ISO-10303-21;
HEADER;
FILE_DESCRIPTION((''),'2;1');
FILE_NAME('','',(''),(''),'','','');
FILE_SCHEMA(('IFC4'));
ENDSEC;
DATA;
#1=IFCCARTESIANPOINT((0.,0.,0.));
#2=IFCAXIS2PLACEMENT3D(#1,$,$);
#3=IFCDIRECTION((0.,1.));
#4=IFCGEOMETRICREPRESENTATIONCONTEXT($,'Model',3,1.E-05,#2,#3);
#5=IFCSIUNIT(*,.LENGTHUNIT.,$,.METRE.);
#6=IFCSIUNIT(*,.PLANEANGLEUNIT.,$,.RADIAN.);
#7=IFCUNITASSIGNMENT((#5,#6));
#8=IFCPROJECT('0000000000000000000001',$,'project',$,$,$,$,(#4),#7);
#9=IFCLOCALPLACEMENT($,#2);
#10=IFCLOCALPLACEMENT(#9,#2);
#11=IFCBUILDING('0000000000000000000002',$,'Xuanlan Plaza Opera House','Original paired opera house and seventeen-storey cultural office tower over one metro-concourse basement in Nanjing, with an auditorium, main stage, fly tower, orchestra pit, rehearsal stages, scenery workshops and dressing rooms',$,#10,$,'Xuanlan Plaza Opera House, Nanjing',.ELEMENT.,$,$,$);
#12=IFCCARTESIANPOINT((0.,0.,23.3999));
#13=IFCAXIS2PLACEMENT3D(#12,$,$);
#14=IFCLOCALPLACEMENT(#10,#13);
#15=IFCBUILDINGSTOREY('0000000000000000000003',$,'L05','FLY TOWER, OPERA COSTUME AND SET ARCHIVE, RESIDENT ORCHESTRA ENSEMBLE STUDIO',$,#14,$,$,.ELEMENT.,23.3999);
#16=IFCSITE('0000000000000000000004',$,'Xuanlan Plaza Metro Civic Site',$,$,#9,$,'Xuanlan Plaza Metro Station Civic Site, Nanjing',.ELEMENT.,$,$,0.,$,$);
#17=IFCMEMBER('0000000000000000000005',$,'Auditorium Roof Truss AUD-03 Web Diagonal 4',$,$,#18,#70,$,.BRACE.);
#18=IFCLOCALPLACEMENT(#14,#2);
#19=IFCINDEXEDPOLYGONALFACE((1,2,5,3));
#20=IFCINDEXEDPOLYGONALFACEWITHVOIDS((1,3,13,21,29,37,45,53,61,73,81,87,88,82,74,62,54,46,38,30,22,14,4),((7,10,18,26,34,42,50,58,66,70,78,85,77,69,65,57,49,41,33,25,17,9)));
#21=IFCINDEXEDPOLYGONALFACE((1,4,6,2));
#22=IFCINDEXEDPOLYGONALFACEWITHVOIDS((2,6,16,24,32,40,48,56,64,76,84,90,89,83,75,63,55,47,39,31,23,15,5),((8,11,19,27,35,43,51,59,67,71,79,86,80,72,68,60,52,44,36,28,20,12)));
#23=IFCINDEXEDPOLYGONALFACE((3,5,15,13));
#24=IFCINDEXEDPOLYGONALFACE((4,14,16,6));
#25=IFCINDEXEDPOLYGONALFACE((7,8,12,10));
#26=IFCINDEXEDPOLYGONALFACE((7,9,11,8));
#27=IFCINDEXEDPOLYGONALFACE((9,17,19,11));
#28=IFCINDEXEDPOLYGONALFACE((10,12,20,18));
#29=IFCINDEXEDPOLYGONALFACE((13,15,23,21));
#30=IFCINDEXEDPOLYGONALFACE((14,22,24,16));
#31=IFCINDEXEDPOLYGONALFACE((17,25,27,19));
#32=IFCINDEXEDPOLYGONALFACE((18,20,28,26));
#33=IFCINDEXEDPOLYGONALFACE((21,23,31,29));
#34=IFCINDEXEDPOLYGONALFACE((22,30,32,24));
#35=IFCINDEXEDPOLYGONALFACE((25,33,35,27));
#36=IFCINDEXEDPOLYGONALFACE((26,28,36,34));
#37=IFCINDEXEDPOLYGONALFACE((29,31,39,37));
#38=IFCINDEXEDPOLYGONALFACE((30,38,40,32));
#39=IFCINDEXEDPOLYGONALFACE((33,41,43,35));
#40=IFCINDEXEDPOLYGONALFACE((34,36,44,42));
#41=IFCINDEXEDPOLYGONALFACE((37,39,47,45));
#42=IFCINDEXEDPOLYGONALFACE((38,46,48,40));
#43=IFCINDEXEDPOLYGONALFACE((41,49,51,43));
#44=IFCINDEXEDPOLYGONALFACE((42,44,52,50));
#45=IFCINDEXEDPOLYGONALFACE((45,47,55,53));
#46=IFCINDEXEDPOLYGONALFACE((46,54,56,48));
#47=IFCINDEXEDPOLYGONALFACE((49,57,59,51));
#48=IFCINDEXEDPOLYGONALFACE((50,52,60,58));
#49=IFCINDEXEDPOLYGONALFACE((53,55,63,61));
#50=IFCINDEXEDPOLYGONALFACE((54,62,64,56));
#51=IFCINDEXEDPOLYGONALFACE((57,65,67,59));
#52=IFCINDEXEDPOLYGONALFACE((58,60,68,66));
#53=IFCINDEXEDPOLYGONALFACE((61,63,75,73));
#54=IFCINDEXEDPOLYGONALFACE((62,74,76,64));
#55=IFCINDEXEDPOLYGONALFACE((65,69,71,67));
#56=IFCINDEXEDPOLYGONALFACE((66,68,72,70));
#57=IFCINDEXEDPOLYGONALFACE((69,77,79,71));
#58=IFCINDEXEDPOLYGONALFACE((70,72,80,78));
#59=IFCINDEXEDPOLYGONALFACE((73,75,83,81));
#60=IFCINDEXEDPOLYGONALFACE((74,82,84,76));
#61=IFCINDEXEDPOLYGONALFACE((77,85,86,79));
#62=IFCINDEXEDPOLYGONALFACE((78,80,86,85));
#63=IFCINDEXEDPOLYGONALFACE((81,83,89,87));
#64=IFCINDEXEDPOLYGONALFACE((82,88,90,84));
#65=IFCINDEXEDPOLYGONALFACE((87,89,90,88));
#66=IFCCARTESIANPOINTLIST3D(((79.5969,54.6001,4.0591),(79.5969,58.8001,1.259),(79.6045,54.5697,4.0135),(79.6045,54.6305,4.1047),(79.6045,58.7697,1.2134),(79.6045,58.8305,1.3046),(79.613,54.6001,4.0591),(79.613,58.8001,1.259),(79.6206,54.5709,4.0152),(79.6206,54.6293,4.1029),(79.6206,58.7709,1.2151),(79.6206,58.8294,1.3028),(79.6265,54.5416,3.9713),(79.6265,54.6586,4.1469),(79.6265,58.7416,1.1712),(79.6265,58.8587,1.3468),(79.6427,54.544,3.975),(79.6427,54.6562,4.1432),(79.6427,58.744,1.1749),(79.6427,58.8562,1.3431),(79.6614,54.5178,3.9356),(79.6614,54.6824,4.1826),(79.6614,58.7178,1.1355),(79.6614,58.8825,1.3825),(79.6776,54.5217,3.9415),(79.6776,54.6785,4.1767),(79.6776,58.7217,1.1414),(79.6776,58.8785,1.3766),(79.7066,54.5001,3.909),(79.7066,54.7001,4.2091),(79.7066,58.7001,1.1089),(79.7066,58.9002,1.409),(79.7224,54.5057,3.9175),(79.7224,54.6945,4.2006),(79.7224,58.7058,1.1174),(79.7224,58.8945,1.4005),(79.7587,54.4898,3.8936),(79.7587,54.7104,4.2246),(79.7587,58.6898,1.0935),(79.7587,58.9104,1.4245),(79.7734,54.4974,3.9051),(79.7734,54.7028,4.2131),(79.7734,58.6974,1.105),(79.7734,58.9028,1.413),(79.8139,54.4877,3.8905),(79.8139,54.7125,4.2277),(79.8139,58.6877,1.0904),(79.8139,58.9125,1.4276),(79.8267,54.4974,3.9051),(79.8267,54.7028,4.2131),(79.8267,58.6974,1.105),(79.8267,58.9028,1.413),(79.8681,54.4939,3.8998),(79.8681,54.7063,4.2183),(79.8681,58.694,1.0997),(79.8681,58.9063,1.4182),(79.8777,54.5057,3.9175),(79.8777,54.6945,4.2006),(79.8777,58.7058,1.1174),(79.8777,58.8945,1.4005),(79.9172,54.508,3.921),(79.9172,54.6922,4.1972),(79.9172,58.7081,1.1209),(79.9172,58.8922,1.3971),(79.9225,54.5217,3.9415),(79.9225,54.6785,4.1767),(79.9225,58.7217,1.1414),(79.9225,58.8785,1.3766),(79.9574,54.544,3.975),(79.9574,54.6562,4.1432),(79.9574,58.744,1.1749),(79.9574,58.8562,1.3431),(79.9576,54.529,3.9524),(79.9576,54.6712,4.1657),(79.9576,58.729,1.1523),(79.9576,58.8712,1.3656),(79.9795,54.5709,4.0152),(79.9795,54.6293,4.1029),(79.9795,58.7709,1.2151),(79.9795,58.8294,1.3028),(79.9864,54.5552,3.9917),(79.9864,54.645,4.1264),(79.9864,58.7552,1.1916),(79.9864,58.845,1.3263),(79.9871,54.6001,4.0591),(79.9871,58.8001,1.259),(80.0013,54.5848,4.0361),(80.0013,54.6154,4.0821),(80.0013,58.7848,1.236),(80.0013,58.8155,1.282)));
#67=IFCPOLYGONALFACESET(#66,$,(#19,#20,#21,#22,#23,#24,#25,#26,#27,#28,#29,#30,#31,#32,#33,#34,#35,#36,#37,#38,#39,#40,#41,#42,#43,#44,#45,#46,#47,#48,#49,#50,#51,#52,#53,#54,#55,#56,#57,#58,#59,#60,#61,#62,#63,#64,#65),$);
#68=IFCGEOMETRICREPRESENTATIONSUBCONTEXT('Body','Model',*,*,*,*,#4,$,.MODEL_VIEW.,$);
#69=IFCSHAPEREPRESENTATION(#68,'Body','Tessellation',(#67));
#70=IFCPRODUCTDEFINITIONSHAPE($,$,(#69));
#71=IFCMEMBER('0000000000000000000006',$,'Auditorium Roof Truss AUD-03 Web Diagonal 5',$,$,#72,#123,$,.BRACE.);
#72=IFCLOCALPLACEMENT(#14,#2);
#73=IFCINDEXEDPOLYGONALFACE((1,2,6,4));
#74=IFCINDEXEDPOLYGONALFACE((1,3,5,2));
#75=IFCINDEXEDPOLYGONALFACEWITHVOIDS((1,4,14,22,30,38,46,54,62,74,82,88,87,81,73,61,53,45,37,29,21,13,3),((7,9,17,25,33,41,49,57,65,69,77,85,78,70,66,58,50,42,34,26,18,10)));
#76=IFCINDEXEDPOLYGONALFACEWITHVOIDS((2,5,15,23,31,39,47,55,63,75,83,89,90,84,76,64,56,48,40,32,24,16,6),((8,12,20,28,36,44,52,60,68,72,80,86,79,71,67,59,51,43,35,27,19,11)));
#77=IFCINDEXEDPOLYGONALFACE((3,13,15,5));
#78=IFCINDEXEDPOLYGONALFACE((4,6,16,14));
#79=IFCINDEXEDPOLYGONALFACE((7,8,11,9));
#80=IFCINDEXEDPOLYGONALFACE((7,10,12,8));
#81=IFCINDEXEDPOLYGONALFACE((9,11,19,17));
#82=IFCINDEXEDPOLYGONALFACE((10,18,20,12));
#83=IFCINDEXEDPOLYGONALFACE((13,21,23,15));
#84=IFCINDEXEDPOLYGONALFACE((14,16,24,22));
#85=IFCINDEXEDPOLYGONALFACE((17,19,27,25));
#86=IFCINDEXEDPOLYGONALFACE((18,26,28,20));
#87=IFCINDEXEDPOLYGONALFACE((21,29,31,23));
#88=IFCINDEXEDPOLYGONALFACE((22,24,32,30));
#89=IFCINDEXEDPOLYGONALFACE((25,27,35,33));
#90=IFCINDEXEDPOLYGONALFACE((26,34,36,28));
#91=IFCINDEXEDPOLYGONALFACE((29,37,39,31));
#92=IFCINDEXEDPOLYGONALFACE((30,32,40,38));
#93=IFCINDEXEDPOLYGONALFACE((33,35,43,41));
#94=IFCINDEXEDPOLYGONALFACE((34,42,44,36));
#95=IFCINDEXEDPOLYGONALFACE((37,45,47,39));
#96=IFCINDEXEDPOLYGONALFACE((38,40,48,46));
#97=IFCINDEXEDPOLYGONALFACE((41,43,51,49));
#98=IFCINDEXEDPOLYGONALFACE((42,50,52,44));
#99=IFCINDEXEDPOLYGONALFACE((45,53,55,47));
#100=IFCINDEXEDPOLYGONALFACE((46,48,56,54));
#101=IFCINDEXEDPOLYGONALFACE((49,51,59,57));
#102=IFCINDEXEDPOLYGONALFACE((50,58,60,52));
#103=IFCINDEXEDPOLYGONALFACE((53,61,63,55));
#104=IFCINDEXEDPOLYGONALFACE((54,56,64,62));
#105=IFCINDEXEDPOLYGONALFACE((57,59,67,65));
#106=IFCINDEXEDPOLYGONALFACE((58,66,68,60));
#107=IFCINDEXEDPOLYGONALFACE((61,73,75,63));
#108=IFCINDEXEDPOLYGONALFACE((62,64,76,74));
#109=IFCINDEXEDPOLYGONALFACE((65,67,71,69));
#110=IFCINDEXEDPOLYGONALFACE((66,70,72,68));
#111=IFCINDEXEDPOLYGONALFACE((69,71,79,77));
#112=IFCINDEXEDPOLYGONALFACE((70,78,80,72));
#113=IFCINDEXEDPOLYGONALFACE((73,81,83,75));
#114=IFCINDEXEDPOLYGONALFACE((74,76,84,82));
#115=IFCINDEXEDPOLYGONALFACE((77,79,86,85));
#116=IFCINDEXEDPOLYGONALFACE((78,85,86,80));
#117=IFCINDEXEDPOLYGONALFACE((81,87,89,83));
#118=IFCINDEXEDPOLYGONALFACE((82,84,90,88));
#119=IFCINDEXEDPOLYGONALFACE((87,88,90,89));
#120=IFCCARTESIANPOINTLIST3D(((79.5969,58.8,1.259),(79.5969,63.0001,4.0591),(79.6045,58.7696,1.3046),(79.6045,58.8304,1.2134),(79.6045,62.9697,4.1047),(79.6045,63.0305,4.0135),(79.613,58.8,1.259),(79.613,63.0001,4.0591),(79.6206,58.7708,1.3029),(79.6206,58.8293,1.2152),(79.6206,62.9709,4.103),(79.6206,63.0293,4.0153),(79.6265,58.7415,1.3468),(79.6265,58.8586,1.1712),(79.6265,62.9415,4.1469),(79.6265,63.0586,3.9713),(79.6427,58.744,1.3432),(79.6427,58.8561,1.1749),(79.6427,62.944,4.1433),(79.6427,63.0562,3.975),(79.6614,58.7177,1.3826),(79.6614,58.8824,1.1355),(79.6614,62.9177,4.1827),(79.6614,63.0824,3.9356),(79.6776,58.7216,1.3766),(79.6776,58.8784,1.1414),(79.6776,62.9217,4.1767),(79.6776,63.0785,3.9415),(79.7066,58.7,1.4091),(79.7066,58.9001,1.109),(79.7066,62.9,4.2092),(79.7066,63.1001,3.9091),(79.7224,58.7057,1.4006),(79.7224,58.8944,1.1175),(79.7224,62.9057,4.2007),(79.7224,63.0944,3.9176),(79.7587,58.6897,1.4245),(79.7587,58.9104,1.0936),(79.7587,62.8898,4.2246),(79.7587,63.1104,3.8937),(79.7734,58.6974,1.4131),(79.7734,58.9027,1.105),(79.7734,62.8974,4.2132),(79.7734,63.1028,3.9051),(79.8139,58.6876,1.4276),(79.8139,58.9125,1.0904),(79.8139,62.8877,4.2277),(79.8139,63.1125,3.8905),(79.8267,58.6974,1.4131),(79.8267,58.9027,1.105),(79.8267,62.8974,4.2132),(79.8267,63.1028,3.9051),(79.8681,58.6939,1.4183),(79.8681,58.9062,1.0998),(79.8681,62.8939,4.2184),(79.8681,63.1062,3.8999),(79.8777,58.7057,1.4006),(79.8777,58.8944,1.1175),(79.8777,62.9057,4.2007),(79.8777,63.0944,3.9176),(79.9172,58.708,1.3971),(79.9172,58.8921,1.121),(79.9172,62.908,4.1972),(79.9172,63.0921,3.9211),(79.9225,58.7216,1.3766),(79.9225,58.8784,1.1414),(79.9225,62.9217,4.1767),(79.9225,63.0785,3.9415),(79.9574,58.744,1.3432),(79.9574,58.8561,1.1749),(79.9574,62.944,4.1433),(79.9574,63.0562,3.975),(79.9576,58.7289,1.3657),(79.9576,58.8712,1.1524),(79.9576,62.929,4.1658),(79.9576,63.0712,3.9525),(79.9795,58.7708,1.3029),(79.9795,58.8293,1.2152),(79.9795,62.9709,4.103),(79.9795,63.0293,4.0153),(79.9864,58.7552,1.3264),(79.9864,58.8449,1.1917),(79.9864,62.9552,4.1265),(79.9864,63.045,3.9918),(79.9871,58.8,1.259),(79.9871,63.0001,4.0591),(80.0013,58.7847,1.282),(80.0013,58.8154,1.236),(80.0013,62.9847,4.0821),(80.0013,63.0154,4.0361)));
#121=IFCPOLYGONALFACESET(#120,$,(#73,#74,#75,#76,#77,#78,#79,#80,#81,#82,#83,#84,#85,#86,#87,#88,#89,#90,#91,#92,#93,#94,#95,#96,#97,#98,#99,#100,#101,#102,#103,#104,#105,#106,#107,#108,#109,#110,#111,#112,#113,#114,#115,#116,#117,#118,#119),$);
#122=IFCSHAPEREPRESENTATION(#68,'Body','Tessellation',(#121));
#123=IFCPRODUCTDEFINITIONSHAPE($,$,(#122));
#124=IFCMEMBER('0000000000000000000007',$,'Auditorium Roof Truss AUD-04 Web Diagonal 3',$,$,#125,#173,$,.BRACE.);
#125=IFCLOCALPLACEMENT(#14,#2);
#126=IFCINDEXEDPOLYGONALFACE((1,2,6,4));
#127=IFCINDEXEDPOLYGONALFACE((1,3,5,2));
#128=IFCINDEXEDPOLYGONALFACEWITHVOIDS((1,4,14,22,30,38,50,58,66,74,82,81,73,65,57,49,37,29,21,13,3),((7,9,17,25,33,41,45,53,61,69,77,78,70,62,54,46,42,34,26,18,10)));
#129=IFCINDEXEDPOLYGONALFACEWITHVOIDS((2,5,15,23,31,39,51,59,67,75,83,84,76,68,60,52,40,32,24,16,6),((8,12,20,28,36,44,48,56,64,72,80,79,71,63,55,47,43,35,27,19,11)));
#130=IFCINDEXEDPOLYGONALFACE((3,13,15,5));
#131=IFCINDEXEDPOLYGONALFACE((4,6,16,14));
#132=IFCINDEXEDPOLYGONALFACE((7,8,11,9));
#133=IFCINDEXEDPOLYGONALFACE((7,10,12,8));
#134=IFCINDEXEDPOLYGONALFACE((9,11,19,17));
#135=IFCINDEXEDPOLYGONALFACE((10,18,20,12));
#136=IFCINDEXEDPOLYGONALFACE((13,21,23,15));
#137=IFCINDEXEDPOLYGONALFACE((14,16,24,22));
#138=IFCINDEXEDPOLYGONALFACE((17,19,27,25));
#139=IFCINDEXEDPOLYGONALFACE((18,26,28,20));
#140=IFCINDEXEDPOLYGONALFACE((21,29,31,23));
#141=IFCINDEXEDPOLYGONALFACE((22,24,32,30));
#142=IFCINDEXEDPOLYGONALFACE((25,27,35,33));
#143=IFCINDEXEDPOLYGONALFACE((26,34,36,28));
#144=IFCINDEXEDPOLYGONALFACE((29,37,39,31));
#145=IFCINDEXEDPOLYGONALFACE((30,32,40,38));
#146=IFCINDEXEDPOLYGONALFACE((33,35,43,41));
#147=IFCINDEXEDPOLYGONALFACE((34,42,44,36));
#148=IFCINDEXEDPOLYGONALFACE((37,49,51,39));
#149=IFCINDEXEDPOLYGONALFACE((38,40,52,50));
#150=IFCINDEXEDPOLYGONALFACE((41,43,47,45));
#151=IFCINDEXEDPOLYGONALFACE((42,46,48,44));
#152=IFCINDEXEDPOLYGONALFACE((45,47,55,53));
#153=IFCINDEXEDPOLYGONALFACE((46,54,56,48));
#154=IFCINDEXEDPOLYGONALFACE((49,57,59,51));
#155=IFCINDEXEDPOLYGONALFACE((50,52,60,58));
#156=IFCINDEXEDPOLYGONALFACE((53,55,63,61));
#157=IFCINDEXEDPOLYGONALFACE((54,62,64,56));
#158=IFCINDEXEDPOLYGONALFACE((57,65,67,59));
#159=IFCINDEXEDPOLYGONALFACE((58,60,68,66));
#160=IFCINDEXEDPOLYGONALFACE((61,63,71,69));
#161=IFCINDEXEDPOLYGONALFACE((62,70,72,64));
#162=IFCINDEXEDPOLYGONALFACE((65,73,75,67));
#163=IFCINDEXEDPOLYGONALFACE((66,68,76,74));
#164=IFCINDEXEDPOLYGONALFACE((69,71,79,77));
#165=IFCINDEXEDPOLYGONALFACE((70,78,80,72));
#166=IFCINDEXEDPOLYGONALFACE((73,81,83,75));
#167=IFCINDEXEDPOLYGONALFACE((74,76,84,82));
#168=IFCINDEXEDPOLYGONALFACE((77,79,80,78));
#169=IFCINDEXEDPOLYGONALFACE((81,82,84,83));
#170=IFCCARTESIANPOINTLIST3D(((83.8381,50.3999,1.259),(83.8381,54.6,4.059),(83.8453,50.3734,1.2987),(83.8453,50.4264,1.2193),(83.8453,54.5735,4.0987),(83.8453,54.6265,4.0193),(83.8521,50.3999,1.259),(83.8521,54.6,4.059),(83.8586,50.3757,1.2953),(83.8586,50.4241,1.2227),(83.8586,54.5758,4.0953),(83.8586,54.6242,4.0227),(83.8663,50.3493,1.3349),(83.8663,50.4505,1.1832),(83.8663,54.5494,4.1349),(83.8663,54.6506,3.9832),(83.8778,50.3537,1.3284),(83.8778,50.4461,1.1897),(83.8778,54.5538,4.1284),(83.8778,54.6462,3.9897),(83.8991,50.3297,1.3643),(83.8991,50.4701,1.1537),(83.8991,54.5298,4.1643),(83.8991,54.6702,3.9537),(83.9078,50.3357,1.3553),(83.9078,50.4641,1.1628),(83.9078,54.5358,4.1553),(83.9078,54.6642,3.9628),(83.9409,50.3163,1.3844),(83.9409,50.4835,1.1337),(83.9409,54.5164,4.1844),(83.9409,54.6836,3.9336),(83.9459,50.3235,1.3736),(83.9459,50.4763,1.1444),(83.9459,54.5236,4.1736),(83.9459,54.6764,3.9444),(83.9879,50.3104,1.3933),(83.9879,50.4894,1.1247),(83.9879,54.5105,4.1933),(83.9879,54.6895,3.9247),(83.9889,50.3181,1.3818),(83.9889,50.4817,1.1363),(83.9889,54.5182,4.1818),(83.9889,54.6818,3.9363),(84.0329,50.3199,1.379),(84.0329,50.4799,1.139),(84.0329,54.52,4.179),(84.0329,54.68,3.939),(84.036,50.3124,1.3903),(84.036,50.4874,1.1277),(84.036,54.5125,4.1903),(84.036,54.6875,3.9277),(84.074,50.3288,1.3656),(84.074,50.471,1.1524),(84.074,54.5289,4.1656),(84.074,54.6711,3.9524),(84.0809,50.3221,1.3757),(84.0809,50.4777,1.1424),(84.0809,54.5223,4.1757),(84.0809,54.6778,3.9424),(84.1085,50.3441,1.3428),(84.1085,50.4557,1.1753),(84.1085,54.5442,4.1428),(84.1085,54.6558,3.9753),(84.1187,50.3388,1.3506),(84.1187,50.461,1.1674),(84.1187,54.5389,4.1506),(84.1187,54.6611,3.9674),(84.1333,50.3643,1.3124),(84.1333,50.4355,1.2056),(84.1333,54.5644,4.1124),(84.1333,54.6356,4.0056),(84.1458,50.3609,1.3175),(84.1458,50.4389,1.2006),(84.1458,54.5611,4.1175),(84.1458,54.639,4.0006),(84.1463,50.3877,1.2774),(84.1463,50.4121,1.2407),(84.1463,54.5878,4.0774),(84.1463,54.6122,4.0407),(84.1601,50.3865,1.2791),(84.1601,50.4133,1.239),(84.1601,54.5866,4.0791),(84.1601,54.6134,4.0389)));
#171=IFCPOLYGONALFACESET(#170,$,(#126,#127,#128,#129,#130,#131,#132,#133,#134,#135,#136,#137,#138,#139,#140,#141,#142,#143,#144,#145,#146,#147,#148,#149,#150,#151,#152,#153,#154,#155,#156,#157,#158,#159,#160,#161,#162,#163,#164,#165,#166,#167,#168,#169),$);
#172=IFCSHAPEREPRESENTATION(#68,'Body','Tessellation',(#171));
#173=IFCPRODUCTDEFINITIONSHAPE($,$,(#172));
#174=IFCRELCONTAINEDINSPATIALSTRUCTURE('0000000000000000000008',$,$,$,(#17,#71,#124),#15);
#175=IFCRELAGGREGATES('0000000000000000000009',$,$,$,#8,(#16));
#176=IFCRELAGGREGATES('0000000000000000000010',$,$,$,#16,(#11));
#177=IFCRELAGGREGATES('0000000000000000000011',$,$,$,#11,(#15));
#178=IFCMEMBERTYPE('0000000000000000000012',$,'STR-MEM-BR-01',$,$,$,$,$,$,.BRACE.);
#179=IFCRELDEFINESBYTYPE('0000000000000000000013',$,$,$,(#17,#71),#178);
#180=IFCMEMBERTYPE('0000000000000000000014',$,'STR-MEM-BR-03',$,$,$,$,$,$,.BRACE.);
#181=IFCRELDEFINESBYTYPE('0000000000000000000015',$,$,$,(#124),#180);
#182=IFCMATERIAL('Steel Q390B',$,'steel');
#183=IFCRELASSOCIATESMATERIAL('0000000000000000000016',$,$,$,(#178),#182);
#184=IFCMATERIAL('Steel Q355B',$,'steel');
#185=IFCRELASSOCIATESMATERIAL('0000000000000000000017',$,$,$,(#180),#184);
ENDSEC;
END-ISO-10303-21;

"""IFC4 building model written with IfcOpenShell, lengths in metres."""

from ifc_helpers import new_model, si_unit, direction, frame, origin, origin_2d, place, context, subcontext, project, spatial, hollow_circle, extrude, material, material_profile, profile_set, type_object, element, save


model = new_model("IFC4")

# Units and contexts
model_context = context("Model", 3, precision=1e-05, world=origin(), true_north=direction((0.0, 1.0)))
body_context = subcontext(model_context, "Body", "Model", "MODEL_VIEW")
ifc_project = project(units=[si_unit("LENGTHUNIT", "METRE"), si_unit("PLANEANGLEUNIT", "RADIAN")], contexts=[model_context])

# Site, building, storey
site_placement = place(None, origin())
site = spatial("IfcSite", under=ifc_project, at=site_placement, Name="Xuanlan Plaza Metro Civic Site", LongName="Xuanlan Plaza Metro Station Civic Site, Nanjing", CompositionType="ELEMENT", RefElevation=0.0)
building_placement = place(site_placement, origin())
building = spatial("IfcBuilding", under=site, at=building_placement, Name="Xuanlan Plaza Opera House", Description="Original paired opera house and seventeen-storey cultural office tower over one metro-concourse basement in Nanjing, with an auditorium, main stage, fly tower, orchestra pit, rehearsal stages, scenery workshops and dressing rooms", LongName="Xuanlan Plaza Opera House, Nanjing", CompositionType="ELEMENT")
storey_placement = place(building_placement, frame((0.0, 0.0, 23.3999)))
storey = spatial("IfcBuildingStorey", under=building, at=storey_placement, Name="L05", Description="FLY TOWER, OPERA COSTUME AND SET ARCHIVE, RESIDENT ORCHESTRA ENSEMBLE STUDIO", CompositionType="ELEMENT", Elevation=23.3999)

# Shared definitions
ifc_material_1 = material(Name="Steel Q355B", Category="steel")

# Members
ifc_material_2 = material(Name="Steel Q390B", Category="steel")
ifc_material_profile_1 = material_profile(ifc_material_2, hollow_circle(Radius=0.2031, WallThickness=0.0161, at=origin_2d()), Name="CHS 406.4x16")
ifc_profile_set_1 = profile_set([ifc_material_profile_1], Name="Steel Q390B")
member_type_1 = type_object("IfcMemberType", Name="STR-MEM-BR-01", PredefinedType="BRACE", material=ifc_profile_set_1)
for number, where, z_axis, x_axis, name in (
    (1, (79.8, 54.6001, 4.0591), (0.0, 0.832043, -0.554711), (-1.0, 0.0, 0.0), "Auditorium Roof Truss AUD-03 Web Diagonal 4"),
    (2, (79.8, 58.8, 1.259), (0.0, 0.832043, 0.554711), (-1.0, 0.0, 0.0), "Auditorium Roof Truss AUD-03 Web Diagonal 5"),
):
    element("IfcMember", number, at=place(storey_placement, frame(where, z_axis=z_axis, x_axis=x_axis)), inside=storey, type_object=member_type_1, Name=name, PredefinedType="BRACE", context=body_context, shape_type="SweptSolid", body=[
        extrude(hollow_circle(Radius=0.2031, WallThickness=0.0161, at=origin_2d()), origin(), (0.0, 0.0, 1.0), 5.0479),
    ])
ifc_material_profile_2 = material_profile(ifc_material_1, hollow_circle(Radius=0.1619, WallThickness=0.0139, at=origin_2d()), Name="CHS 323.9x14")
ifc_profile_set_2 = profile_set([ifc_material_profile_2], Name="Steel Q355B")
member_type_2 = type_object("IfcMemberType", Name="STR-MEM-BR-03", PredefinedType="BRACE", material=ifc_profile_set_2)
for number, where, z_axis, x_axis, name in (
    (3, (84.0, 50.3999, 1.259), (0.0, 0.832058, 0.554689), (-1.0, 0.0, 0.0), "Auditorium Roof Truss AUD-04 Web Diagonal 3"),
):
    element("IfcMember", number, at=place(storey_placement, frame(where, z_axis=z_axis, x_axis=x_axis)), inside=storey, type_object=member_type_2, Name=name, PredefinedType="BRACE", context=body_context, shape_type="SweptSolid", body=[
        extrude(hollow_circle(Radius=0.1619, WallThickness=0.0139, at=origin_2d()), origin(), (0.0, 0.0, 1.0), 5.0479),
    ])

save(model, "model.ifc")
